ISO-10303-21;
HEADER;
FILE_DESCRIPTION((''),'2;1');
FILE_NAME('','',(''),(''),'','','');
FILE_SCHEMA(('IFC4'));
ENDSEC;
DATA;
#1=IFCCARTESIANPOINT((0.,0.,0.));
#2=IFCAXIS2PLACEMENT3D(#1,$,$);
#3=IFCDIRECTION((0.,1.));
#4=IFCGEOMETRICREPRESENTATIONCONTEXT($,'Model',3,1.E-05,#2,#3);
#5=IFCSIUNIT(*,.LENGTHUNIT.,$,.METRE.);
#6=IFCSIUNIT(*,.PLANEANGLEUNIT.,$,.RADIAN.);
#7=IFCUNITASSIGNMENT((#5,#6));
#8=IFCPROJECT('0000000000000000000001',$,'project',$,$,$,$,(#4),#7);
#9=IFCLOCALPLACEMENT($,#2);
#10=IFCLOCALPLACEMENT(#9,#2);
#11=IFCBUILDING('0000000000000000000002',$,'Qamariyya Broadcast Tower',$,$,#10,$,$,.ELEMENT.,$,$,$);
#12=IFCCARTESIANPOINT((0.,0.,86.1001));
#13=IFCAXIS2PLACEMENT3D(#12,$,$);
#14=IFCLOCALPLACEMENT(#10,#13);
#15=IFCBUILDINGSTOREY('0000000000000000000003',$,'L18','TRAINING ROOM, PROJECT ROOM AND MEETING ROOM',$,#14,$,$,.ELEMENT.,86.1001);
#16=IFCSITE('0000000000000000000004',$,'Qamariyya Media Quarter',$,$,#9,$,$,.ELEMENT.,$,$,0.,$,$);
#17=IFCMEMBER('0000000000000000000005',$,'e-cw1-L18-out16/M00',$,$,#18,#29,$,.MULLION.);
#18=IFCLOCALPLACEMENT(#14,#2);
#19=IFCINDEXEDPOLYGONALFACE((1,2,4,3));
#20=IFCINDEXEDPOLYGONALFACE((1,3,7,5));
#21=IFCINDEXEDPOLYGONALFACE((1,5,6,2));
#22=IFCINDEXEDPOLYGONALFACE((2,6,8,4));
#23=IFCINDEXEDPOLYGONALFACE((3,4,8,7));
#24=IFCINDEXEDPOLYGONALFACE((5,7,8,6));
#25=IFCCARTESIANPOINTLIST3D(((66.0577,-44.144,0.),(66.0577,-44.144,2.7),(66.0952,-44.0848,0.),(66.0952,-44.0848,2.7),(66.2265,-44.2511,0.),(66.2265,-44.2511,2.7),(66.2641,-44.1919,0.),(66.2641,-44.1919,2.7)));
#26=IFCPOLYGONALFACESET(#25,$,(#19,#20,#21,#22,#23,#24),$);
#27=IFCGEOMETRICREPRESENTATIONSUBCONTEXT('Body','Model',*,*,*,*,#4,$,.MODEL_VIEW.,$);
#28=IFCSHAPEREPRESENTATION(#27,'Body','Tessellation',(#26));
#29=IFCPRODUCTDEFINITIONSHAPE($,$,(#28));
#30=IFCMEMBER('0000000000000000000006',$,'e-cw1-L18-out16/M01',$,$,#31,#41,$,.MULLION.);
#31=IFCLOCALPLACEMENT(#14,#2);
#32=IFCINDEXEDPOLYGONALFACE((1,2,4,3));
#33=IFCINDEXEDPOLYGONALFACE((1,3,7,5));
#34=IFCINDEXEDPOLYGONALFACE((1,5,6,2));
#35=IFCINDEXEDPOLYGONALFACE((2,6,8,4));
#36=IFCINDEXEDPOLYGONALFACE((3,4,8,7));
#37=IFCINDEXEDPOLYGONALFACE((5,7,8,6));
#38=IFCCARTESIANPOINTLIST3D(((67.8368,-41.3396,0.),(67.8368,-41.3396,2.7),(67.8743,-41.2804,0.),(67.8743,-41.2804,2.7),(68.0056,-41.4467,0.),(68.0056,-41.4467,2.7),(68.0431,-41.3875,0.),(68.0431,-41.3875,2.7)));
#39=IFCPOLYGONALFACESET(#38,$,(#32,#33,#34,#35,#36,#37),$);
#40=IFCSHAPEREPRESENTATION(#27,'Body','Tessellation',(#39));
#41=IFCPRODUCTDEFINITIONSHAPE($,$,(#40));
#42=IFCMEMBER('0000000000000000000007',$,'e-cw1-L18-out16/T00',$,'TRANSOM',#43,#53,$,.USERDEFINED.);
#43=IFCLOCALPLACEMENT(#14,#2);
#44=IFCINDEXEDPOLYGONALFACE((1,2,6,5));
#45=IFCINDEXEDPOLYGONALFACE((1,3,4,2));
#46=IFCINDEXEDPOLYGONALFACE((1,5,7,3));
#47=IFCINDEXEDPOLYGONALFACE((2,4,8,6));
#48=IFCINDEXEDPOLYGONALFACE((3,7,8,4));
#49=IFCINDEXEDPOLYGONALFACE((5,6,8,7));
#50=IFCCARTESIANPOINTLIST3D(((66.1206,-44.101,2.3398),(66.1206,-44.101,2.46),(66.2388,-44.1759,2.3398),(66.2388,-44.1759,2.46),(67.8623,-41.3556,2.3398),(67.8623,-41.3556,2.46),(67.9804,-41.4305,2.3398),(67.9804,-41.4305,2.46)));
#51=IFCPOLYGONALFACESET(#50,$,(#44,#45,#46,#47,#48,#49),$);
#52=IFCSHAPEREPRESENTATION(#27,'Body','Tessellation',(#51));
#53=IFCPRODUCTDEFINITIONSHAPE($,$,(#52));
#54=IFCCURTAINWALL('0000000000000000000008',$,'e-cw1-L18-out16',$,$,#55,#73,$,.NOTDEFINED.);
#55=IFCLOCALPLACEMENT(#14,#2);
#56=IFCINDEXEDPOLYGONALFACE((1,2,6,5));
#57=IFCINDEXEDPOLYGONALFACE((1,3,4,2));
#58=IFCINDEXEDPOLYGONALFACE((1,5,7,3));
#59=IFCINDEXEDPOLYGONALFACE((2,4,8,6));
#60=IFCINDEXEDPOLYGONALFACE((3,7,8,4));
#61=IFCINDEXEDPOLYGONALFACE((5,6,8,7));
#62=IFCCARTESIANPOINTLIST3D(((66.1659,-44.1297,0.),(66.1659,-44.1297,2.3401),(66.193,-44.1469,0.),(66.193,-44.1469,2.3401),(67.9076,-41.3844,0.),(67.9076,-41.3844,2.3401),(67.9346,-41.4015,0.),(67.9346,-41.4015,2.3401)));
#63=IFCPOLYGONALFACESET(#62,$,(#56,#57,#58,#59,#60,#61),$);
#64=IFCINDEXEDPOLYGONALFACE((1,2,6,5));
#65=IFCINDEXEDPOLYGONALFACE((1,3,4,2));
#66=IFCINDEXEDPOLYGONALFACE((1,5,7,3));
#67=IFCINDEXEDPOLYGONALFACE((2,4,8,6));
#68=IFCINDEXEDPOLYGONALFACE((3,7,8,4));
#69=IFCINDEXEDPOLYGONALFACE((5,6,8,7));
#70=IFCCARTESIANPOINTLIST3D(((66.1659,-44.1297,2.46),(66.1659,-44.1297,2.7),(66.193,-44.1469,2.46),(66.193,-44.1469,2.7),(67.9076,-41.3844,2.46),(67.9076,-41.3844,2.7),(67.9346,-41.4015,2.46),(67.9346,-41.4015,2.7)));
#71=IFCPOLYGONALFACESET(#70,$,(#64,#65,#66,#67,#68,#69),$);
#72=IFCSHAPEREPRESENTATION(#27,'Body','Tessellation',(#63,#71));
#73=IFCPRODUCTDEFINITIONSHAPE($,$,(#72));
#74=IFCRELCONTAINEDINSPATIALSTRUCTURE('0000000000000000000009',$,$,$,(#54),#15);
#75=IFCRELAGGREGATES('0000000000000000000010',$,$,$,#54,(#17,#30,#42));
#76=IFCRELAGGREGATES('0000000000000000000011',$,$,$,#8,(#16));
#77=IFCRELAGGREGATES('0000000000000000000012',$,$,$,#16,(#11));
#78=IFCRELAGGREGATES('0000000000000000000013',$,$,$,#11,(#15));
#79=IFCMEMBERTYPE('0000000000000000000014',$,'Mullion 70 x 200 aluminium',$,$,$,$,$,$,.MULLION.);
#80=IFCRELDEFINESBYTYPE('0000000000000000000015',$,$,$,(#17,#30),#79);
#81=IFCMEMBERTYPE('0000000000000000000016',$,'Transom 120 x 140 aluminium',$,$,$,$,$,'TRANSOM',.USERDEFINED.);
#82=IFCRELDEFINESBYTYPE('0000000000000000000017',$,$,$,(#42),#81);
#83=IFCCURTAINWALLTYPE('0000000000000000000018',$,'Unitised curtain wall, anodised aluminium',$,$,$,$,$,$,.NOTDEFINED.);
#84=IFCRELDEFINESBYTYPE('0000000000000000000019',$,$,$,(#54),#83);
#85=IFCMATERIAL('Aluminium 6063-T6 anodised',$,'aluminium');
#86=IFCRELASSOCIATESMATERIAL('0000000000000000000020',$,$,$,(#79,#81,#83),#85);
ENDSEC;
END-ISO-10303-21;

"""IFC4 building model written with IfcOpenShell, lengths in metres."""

from ifc_helpers import new_model, si_unit, direction, frame, origin, origin_2d, place, context, subcontext, project, spatial, rectangle, extrude, material, material_profile, profile_set, type_object, element, aggregate, save


model = new_model("IFC4")

# Units and contexts
model_context = context("Model", 3, precision=1e-05, world=origin(), true_north=direction((0.0, 1.0)))
body_context = subcontext(model_context, "Body", "Model", "MODEL_VIEW")
ifc_project = project(units=[si_unit("LENGTHUNIT", "METRE"), si_unit("PLANEANGLEUNIT", "RADIAN")], contexts=[model_context])

# Members
ifc_material = material(Name="Aluminium 6063-T6 anodised", Category="aluminium")
ifc_material_profile_1 = material_profile(ifc_material, rectangle(XDim=0.2, YDim=0.0701, at=origin_2d()))
ifc_profile_set_1 = profile_set([ifc_material_profile_1], Name="Aluminium 6063-T6 anodised")
member_type_1 = type_object("IfcMemberType", Name="Mullion 70 x 200 aluminium", PredefinedType="MULLION", material=ifc_profile_set_1)
site_placement = place(None, origin())
building_placement = place(site_placement, origin())
storey_placement = place(building_placement, frame((0.0, 0.0, 86.1001)))
member_1_placement = place(storey_placement, frame((66.1609, -44.168, 0.0), z_axis=(0.0, 0.0, 1.0), x_axis=(-0.844406, 0.535704, 0.0)))
member_1 = element("IfcMember", 1, at=member_1_placement, type_object=member_type_1, Name="e-cw1-L18-out16/M00", PredefinedType="MULLION", context=body_context, shape_type="SweptSolid", body=[
    extrude(rectangle(XDim=0.2, YDim=0.0701, at=origin_2d()), origin(), (0.0, 0.0, 1.0), 2.7),
])
member_2_placement = place(storey_placement, frame((67.9399, -41.3635, 0.0), z_axis=(0.0, 0.0, 1.0), x_axis=(-0.844406, 0.535704, 0.0)))
member_2 = element("IfcMember", 2, at=member_2_placement, type_object=member_type_1, Name="e-cw1-L18-out16/M01", PredefinedType="MULLION", context=body_context, shape_type="SweptSolid", body=[
    extrude(rectangle(XDim=0.2, YDim=0.0701, at=origin_2d()), origin(), (0.0, 0.0, 1.0), 2.7),
])
ifc_material_profile_2 = material_profile(ifc_material, rectangle(XDim=0.1399, YDim=0.1201, at=origin_2d()))
ifc_profile_set_2 = profile_set([ifc_material_profile_2], Name="Aluminium 6063-T6 anodised")
member_type_2 = type_object("IfcMemberType", Name="Transom 120 x 140 aluminium", ElementType="TRANSOM", PredefinedType="USERDEFINED", material=ifc_profile_set_2)
member_3_placement = place(storey_placement, frame((66.1797, -44.1384, 2.3999), z_axis=(0.535704, 0.844406, 0.0), x_axis=(-0.844406, 0.535704, 0.0)))
member_3 = element("IfcMember", 3, at=member_3_placement, type_object=member_type_2, Name="e-cw1-L18-out16/T00", ObjectType="TRANSOM", PredefinedType="USERDEFINED", context=body_context, shape_type="SweptSolid", body=[
    extrude(rectangle(XDim=0.1399, YDim=0.1201, at=origin_2d()), origin(), (0.0, 0.0, 1.0), 3.2512),
])

# Site, building, storey
site = spatial("IfcSite", under=ifc_project, at=site_placement, Name="Qamariyya Media Quarter", CompositionType="ELEMENT", RefElevation=0.0)
building = spatial("IfcBuilding", under=site, at=building_placement, Name="Qamariyya Broadcast Tower", CompositionType="ELEMENT")
storey = spatial("IfcBuildingStorey", under=building, at=storey_placement, Name="L18", Description="TRAINING ROOM, PROJECT ROOM AND MEETING ROOM", CompositionType="ELEMENT", Elevation=86.1001)

# Curtain wall
curtain_wall_type = type_object("IfcCurtainWallType", Name="Unitised curtain wall, anodised aluminium", PredefinedType="NOTDEFINED", material=ifc_material)
curtain_wall_1_placement = place(storey_placement, origin())
curtain_wall_1 = element("IfcCurtainWall", 4, at=curtain_wall_1_placement, inside=storey, type_object=curtain_wall_type, Name="e-cw1-L18-out16", PredefinedType="NOTDEFINED", context=body_context, shape_type="SweptSolid", body=[
    extrude(rectangle(XDim=3.2512, YDim=0.032, at=origin_2d()), frame((67.0503, -42.7656, 0.0), x_axis=(0.535701, 0.844408, 0.0)), (0.0, 0.0, 1.0), 2.3401),
    extrude(rectangle(XDim=3.2512, YDim=0.032, at=origin_2d()), frame((67.0503, -42.7656, 2.46), x_axis=(0.535701, 0.844408, 0.0)), (0.0, 0.0, 1.0), 0.24),
])
aggregate(curtain_wall_1, [member_1, member_2, member_3])

save(model, "model.ifc")
